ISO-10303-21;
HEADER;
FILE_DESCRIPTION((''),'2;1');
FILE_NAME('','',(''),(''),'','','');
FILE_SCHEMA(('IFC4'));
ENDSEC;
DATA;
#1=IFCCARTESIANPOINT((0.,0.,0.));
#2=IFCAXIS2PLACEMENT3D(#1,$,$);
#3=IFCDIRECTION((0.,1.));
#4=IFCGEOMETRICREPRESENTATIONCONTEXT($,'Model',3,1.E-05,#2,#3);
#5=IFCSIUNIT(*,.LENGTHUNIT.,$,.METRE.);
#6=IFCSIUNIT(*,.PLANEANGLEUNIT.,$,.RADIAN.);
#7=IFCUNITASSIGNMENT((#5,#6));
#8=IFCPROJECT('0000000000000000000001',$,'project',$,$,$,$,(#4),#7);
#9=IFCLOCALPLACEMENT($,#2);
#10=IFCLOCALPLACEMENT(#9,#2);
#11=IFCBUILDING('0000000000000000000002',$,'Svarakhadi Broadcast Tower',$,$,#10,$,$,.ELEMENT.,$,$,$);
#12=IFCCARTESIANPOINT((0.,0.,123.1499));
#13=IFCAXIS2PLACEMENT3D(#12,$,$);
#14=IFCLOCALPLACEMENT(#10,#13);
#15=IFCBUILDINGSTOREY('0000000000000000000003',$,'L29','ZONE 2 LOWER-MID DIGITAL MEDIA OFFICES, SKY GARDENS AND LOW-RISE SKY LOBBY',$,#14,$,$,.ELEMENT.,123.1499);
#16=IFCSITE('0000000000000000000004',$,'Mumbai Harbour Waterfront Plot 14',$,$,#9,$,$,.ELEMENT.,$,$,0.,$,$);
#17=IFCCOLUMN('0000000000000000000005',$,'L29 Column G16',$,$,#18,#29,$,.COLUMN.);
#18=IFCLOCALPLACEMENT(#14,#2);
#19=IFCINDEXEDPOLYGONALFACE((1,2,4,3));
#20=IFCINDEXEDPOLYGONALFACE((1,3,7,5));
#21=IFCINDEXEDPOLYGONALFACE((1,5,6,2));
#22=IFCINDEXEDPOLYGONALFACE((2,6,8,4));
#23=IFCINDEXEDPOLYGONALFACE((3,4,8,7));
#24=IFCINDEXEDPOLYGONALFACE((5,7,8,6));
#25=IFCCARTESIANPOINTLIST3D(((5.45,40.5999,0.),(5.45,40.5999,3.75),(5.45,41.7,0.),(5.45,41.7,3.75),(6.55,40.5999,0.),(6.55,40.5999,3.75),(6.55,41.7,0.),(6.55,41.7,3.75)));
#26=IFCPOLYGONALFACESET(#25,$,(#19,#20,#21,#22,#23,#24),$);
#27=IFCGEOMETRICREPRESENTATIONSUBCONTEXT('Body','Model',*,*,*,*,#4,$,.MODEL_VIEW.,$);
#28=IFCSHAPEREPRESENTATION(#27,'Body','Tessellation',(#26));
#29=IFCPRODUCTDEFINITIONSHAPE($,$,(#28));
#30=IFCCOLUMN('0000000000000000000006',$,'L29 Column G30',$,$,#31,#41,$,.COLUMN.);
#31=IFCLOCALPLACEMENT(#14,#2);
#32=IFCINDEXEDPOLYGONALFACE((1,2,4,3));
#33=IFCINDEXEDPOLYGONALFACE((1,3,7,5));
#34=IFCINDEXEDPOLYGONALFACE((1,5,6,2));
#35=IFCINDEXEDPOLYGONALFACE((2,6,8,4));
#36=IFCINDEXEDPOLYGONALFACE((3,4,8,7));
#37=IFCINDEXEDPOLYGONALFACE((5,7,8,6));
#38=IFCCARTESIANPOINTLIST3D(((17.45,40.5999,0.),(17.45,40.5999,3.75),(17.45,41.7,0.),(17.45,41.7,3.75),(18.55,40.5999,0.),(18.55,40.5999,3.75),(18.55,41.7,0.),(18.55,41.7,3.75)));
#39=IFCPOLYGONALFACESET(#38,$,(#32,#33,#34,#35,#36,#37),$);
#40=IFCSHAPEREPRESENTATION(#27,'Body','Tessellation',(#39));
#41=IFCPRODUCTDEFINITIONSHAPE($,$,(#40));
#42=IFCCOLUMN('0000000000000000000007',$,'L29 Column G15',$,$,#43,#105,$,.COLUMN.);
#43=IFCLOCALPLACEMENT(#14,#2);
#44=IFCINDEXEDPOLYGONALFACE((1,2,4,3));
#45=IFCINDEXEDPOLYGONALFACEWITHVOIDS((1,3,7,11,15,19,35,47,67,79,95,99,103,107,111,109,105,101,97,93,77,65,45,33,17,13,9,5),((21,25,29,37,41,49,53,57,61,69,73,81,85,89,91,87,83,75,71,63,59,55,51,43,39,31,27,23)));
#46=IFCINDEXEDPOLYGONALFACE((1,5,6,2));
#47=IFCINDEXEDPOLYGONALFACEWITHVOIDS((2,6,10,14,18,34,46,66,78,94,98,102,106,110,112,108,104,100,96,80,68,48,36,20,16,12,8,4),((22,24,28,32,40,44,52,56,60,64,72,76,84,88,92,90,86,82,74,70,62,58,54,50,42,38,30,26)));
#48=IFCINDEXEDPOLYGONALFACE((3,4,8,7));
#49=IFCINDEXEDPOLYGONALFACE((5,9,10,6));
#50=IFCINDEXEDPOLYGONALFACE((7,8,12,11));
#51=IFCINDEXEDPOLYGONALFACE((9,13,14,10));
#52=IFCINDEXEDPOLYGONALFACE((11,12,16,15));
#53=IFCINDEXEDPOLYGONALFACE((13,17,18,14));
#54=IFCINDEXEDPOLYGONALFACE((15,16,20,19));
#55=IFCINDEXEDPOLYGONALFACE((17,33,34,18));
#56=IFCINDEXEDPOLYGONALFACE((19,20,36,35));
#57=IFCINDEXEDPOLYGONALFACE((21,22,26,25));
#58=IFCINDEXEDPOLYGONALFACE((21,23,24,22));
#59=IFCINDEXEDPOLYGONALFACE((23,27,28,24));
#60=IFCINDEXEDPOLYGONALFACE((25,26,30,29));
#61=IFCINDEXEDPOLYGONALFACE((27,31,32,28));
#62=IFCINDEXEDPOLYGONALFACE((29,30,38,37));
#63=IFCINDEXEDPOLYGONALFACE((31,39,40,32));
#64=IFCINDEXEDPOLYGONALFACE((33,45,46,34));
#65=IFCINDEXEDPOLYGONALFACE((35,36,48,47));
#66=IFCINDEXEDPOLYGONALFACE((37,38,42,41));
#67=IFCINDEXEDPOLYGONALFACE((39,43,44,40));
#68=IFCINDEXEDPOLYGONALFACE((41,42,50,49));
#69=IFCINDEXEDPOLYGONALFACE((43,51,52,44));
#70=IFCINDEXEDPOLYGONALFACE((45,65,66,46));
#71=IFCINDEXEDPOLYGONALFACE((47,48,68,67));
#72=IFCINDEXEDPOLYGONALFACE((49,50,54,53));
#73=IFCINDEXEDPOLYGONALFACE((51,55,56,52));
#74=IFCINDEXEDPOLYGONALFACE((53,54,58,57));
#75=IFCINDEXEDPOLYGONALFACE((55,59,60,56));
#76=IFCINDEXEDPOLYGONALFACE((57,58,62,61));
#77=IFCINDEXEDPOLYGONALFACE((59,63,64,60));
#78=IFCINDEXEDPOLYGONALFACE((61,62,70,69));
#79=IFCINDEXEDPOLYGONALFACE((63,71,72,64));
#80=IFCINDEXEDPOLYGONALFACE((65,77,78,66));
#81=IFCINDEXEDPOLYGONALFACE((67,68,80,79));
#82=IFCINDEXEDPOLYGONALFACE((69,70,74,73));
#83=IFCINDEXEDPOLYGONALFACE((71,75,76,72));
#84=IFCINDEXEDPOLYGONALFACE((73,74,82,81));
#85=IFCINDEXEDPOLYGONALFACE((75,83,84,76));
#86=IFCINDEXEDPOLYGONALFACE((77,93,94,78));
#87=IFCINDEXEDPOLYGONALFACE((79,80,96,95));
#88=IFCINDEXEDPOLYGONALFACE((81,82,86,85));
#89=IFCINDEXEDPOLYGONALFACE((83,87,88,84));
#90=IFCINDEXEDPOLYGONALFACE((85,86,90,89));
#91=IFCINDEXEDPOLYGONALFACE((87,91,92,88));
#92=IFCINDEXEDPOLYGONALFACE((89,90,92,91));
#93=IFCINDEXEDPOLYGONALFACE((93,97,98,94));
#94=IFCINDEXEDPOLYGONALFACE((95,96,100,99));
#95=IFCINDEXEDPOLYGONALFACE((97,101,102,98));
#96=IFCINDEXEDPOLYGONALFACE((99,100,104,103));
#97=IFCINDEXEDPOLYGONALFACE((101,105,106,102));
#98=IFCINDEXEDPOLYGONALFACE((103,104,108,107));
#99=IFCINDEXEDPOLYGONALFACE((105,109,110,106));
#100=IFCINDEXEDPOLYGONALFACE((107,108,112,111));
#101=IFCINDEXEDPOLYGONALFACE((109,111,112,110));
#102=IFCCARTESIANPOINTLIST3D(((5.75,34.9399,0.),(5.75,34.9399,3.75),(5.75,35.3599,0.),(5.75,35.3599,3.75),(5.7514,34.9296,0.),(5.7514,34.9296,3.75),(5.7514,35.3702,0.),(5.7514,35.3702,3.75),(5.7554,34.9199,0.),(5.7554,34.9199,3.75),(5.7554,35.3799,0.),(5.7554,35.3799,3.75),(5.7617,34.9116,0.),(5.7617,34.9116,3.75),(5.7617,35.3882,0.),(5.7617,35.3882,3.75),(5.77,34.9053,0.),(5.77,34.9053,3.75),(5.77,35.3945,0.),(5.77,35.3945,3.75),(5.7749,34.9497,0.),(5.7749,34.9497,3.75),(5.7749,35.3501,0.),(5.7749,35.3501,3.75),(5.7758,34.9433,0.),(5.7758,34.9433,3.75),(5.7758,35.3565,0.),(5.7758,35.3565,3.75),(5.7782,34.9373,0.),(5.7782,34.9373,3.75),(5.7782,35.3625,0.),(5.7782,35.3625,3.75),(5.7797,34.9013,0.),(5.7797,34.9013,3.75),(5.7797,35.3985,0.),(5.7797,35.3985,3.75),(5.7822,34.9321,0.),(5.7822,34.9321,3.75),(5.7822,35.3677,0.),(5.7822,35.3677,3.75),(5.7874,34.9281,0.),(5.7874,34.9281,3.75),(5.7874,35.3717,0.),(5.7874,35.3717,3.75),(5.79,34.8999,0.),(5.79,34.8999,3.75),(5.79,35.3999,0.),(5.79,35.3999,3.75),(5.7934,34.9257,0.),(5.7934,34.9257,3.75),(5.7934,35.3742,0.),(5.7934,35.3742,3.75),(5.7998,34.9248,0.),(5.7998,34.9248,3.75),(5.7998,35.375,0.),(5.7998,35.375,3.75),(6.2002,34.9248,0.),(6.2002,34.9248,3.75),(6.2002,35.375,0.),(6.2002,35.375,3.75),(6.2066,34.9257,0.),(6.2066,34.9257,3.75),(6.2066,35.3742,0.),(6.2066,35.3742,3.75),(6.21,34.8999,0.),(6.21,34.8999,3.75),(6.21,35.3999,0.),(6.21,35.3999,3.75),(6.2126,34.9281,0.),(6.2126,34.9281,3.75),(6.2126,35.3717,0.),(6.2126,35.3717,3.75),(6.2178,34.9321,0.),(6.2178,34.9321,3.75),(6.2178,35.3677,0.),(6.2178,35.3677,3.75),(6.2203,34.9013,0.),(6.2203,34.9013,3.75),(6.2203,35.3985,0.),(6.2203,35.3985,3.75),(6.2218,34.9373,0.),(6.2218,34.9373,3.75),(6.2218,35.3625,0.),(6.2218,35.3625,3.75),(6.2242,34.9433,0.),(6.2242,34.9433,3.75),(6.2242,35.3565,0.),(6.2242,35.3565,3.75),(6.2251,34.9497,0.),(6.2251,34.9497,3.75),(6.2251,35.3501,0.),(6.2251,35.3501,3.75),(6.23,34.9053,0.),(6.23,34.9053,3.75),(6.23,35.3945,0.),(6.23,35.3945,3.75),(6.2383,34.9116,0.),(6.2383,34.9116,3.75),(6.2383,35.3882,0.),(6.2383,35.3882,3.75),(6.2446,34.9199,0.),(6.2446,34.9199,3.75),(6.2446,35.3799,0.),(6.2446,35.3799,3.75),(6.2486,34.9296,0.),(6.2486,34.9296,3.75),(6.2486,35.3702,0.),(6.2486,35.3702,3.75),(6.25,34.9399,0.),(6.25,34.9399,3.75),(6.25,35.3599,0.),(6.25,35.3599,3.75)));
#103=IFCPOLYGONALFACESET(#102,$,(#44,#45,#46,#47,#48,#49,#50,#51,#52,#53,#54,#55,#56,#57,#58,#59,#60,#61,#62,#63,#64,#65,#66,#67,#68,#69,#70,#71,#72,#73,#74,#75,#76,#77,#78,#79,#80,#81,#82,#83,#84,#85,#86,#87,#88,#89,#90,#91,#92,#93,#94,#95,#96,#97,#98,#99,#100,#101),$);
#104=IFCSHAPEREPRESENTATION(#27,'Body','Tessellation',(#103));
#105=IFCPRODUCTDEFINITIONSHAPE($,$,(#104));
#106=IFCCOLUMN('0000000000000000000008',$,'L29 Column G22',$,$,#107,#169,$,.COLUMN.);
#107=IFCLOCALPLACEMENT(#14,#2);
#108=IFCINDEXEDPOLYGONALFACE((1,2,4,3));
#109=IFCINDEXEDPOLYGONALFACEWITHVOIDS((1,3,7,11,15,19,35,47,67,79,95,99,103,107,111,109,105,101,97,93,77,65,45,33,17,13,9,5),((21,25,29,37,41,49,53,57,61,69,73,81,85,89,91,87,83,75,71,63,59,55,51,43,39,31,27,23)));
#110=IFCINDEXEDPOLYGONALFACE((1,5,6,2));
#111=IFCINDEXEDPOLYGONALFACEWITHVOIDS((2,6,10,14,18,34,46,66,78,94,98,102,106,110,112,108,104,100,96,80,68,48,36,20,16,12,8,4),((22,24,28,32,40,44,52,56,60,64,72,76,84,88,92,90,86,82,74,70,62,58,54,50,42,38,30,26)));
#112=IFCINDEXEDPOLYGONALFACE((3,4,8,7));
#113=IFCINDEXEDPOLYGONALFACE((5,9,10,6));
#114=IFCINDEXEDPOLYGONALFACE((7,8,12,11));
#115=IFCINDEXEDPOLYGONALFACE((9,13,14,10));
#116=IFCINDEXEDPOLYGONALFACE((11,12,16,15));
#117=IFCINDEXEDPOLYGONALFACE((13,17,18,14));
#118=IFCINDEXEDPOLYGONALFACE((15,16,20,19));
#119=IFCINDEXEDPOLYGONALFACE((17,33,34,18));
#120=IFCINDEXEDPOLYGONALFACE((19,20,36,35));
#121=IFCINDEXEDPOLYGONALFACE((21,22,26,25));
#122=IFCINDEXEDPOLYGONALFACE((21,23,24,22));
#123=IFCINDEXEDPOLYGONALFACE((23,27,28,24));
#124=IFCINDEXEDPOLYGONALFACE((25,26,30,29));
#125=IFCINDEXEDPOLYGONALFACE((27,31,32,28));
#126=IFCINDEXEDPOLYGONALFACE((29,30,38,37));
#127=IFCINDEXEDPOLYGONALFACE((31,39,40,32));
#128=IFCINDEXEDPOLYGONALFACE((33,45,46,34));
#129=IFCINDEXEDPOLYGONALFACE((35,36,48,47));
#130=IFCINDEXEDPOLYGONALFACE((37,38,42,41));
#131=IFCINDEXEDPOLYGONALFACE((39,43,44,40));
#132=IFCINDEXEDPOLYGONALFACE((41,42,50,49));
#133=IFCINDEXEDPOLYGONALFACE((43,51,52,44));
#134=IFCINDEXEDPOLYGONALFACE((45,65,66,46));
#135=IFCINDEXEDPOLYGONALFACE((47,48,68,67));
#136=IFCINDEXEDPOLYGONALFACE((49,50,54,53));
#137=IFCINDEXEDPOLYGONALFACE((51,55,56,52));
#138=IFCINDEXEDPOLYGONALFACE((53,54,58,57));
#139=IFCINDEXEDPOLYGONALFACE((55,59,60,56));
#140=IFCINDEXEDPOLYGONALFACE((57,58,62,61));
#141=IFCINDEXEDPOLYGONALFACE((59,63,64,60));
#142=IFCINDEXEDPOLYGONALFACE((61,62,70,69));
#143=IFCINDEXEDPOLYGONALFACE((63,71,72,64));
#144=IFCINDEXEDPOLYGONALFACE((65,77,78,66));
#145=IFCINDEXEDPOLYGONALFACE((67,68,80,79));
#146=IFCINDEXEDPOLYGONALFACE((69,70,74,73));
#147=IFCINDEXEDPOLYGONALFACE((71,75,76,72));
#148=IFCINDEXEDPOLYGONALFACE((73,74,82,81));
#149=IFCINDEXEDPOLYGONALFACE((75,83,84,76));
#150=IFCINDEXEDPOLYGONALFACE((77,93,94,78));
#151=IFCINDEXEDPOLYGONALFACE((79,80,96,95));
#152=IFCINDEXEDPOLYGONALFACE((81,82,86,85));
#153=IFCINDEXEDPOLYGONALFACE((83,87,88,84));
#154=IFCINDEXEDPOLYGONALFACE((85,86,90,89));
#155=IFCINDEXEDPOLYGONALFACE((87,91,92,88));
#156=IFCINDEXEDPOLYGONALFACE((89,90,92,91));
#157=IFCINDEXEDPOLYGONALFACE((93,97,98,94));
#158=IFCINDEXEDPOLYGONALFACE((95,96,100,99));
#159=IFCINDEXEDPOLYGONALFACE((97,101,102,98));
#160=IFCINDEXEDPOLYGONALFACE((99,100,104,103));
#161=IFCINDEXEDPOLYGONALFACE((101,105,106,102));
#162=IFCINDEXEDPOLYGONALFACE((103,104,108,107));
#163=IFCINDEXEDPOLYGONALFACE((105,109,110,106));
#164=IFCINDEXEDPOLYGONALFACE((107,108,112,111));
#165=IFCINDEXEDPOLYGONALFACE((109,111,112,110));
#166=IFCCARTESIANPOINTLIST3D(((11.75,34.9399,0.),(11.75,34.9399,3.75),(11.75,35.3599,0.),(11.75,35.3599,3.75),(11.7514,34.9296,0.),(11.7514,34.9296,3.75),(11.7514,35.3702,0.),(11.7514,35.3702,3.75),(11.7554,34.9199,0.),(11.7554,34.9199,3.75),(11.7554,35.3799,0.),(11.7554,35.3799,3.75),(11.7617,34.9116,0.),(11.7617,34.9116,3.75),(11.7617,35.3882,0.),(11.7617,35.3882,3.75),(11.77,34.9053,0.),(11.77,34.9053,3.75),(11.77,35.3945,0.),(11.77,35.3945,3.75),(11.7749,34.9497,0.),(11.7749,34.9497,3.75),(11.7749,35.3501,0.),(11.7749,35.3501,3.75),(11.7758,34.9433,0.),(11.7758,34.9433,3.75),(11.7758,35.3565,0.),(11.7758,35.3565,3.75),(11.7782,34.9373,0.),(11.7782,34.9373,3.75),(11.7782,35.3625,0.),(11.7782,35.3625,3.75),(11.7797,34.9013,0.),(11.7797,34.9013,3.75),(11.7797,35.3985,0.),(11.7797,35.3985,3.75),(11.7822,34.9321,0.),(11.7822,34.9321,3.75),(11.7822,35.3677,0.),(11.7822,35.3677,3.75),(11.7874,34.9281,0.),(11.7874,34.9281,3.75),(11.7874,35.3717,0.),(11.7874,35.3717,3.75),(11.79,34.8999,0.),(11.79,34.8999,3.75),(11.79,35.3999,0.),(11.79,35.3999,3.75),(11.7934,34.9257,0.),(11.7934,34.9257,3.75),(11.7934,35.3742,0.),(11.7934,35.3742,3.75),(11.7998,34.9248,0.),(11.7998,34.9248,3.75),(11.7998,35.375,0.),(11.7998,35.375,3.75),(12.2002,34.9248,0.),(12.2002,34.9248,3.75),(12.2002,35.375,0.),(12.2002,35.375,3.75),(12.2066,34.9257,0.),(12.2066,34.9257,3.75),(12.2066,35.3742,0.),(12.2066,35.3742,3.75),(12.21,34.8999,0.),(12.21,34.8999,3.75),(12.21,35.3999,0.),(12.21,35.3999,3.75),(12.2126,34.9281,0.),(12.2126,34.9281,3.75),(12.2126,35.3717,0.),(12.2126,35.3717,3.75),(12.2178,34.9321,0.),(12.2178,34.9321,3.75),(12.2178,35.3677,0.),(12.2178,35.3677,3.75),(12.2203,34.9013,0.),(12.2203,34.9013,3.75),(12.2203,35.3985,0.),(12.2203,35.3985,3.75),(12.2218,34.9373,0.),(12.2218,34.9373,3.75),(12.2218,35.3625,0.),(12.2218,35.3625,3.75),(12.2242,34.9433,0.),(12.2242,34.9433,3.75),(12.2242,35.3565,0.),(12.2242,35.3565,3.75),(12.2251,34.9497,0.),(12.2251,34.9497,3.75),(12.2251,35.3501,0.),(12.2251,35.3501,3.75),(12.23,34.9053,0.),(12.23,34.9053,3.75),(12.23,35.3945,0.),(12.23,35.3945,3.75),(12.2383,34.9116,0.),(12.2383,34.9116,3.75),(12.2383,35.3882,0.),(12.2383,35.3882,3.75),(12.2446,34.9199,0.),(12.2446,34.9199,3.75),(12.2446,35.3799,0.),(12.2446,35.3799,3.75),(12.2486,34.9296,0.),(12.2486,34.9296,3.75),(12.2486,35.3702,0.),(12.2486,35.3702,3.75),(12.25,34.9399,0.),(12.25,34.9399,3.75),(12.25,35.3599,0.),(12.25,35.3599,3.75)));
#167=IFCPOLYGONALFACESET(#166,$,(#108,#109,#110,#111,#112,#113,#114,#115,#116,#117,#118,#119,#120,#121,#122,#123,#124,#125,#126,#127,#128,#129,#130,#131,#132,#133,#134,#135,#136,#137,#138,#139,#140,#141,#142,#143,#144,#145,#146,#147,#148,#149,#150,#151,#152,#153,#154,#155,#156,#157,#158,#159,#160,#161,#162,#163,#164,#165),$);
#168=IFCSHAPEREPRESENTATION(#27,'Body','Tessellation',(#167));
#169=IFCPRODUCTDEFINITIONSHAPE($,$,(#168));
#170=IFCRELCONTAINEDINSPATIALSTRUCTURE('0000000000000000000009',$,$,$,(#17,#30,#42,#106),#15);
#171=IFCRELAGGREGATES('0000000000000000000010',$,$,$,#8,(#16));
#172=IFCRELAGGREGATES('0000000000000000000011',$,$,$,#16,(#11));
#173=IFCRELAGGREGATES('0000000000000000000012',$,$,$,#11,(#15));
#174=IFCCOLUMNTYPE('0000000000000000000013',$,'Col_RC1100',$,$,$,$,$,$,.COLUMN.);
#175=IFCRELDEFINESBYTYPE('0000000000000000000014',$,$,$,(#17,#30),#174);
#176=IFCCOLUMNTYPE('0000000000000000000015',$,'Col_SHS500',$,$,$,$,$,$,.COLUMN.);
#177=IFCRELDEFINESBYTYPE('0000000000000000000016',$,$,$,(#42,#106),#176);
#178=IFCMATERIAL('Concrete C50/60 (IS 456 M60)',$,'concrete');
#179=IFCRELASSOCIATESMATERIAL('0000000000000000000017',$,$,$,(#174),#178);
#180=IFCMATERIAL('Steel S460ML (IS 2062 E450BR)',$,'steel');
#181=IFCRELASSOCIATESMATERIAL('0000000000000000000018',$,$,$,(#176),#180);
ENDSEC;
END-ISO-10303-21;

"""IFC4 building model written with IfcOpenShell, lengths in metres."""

from ifc_helpers import new_model, si_unit, direction, frame, origin, origin_2d, place, context, subcontext, project, spatial, rectangle, hollow_rectangle, extrude, material, material_profile, profile_set, type_object, element, save


model = new_model("IFC4")

# Units and contexts
model_context = context("Model", 3, precision=1e-05, world=origin(), true_north=direction((0.0, 1.0)))
body_context = subcontext(model_context, "Body", "Model", "MODEL_VIEW")
ifc_project = project(units=[si_unit("LENGTHUNIT", "METRE"), si_unit("PLANEANGLEUNIT", "RADIAN")], contexts=[model_context])

# Site, building, storey
site_placement = place(None, origin())
site = spatial("IfcSite", under=ifc_project, at=site_placement, Name="Mumbai Harbour Waterfront Plot 14", CompositionType="ELEMENT", RefElevation=0.0)
building_placement = place(site_placement, origin())
building = spatial("IfcBuilding", under=site, at=building_placement, Name="Svarakhadi Broadcast Tower", CompositionType="ELEMENT")
storey_placement = place(building_placement, frame((0.0, 0.0, 123.1499)))
storey = spatial("IfcBuildingStorey", under=building, at=storey_placement, Name="L29", Description="ZONE 2 LOWER-MID DIGITAL MEDIA OFFICES, SKY GARDENS AND LOW-RISE SKY LOBBY", CompositionType="ELEMENT", Elevation=123.1499)

# Columns
ifc_material_1 = material(Name="Concrete C50/60 (IS 456 M60)", Category="concrete")
ifc_material_profile_1 = material_profile(ifc_material_1, rectangle(XDim=1.1001, YDim=1.1001, at=origin_2d()), Name="RC 1100x1100")
ifc_profile_set_1 = profile_set([ifc_material_profile_1], Name="Concrete C50/60 (IS 456 M60)")
column_type_1 = type_object("IfcColumnType", Name="Col_RC1100", PredefinedType="COLUMN", material=ifc_profile_set_1)
for number, where, z_axis, x_axis, name in (
    (1, (6.0, 41.1499, 0.0), (0.0, 0.0, 1.0), (1.0, 0.0, 0.0), "L29 Column G16"),
    (2, (18.0, 41.1499, 0.0), (0.0, 0.0, 1.0), (1.0, 0.0, 0.0), "L29 Column G30"),
):
    element("IfcColumn", number, at=place(storey_placement, frame(where, z_axis=z_axis, x_axis=x_axis)), inside=storey, type_object=column_type_1, Name=name, PredefinedType="COLUMN", context=body_context, shape_type="SweptSolid", body=[
        extrude(rectangle(XDim=1.1001, YDim=1.1001, at=origin_2d()), origin(), (0.0, 0.0, 1.0), 3.75),
    ])
ifc_material_2 = material(Name="Steel S460ML (IS 2062 E450BR)", Category="steel")
ifc_material_profile_2 = material_profile(ifc_material_2, hollow_rectangle(XDim=0.5, YDim=0.5, WallThickness=0.0249, InnerFilletRadius=0.0249, OuterFilletRadius=0.04, at=origin_2d()), Name="SHS 500x500x25")
ifc_profile_set_2 = profile_set([ifc_material_profile_2], Name="Steel S460ML (IS 2062 E450BR)")
column_type_2 = type_object("IfcColumnType", Name="Col_SHS500", PredefinedType="COLUMN", material=ifc_profile_set_2)
for number, where, z_axis, x_axis, name in (
    (3, (6.0, 35.1499, 0.0), (0.0, 0.0, 1.0), (1.0, 0.0, 0.0), "L29 Column G15"),
    (4, (12.0, 35.1499, 0.0), (0.0, 0.0, 1.0), (1.0, 0.0, 0.0), "L29 Column G22"),
):
    element("IfcColumn", number, at=place(storey_placement, frame(where, z_axis=z_axis, x_axis=x_axis)), inside=storey, type_object=column_type_2, Name=name, PredefinedType="COLUMN", context=body_context, shape_type="SweptSolid", body=[
        extrude(hollow_rectangle(XDim=0.5, YDim=0.5, WallThickness=0.0249, InnerFilletRadius=0.0249, OuterFilletRadius=0.04, at=origin_2d()), origin(), (0.0, 0.0, 1.0), 3.75),
    ])

save(model, "model.ifc")
